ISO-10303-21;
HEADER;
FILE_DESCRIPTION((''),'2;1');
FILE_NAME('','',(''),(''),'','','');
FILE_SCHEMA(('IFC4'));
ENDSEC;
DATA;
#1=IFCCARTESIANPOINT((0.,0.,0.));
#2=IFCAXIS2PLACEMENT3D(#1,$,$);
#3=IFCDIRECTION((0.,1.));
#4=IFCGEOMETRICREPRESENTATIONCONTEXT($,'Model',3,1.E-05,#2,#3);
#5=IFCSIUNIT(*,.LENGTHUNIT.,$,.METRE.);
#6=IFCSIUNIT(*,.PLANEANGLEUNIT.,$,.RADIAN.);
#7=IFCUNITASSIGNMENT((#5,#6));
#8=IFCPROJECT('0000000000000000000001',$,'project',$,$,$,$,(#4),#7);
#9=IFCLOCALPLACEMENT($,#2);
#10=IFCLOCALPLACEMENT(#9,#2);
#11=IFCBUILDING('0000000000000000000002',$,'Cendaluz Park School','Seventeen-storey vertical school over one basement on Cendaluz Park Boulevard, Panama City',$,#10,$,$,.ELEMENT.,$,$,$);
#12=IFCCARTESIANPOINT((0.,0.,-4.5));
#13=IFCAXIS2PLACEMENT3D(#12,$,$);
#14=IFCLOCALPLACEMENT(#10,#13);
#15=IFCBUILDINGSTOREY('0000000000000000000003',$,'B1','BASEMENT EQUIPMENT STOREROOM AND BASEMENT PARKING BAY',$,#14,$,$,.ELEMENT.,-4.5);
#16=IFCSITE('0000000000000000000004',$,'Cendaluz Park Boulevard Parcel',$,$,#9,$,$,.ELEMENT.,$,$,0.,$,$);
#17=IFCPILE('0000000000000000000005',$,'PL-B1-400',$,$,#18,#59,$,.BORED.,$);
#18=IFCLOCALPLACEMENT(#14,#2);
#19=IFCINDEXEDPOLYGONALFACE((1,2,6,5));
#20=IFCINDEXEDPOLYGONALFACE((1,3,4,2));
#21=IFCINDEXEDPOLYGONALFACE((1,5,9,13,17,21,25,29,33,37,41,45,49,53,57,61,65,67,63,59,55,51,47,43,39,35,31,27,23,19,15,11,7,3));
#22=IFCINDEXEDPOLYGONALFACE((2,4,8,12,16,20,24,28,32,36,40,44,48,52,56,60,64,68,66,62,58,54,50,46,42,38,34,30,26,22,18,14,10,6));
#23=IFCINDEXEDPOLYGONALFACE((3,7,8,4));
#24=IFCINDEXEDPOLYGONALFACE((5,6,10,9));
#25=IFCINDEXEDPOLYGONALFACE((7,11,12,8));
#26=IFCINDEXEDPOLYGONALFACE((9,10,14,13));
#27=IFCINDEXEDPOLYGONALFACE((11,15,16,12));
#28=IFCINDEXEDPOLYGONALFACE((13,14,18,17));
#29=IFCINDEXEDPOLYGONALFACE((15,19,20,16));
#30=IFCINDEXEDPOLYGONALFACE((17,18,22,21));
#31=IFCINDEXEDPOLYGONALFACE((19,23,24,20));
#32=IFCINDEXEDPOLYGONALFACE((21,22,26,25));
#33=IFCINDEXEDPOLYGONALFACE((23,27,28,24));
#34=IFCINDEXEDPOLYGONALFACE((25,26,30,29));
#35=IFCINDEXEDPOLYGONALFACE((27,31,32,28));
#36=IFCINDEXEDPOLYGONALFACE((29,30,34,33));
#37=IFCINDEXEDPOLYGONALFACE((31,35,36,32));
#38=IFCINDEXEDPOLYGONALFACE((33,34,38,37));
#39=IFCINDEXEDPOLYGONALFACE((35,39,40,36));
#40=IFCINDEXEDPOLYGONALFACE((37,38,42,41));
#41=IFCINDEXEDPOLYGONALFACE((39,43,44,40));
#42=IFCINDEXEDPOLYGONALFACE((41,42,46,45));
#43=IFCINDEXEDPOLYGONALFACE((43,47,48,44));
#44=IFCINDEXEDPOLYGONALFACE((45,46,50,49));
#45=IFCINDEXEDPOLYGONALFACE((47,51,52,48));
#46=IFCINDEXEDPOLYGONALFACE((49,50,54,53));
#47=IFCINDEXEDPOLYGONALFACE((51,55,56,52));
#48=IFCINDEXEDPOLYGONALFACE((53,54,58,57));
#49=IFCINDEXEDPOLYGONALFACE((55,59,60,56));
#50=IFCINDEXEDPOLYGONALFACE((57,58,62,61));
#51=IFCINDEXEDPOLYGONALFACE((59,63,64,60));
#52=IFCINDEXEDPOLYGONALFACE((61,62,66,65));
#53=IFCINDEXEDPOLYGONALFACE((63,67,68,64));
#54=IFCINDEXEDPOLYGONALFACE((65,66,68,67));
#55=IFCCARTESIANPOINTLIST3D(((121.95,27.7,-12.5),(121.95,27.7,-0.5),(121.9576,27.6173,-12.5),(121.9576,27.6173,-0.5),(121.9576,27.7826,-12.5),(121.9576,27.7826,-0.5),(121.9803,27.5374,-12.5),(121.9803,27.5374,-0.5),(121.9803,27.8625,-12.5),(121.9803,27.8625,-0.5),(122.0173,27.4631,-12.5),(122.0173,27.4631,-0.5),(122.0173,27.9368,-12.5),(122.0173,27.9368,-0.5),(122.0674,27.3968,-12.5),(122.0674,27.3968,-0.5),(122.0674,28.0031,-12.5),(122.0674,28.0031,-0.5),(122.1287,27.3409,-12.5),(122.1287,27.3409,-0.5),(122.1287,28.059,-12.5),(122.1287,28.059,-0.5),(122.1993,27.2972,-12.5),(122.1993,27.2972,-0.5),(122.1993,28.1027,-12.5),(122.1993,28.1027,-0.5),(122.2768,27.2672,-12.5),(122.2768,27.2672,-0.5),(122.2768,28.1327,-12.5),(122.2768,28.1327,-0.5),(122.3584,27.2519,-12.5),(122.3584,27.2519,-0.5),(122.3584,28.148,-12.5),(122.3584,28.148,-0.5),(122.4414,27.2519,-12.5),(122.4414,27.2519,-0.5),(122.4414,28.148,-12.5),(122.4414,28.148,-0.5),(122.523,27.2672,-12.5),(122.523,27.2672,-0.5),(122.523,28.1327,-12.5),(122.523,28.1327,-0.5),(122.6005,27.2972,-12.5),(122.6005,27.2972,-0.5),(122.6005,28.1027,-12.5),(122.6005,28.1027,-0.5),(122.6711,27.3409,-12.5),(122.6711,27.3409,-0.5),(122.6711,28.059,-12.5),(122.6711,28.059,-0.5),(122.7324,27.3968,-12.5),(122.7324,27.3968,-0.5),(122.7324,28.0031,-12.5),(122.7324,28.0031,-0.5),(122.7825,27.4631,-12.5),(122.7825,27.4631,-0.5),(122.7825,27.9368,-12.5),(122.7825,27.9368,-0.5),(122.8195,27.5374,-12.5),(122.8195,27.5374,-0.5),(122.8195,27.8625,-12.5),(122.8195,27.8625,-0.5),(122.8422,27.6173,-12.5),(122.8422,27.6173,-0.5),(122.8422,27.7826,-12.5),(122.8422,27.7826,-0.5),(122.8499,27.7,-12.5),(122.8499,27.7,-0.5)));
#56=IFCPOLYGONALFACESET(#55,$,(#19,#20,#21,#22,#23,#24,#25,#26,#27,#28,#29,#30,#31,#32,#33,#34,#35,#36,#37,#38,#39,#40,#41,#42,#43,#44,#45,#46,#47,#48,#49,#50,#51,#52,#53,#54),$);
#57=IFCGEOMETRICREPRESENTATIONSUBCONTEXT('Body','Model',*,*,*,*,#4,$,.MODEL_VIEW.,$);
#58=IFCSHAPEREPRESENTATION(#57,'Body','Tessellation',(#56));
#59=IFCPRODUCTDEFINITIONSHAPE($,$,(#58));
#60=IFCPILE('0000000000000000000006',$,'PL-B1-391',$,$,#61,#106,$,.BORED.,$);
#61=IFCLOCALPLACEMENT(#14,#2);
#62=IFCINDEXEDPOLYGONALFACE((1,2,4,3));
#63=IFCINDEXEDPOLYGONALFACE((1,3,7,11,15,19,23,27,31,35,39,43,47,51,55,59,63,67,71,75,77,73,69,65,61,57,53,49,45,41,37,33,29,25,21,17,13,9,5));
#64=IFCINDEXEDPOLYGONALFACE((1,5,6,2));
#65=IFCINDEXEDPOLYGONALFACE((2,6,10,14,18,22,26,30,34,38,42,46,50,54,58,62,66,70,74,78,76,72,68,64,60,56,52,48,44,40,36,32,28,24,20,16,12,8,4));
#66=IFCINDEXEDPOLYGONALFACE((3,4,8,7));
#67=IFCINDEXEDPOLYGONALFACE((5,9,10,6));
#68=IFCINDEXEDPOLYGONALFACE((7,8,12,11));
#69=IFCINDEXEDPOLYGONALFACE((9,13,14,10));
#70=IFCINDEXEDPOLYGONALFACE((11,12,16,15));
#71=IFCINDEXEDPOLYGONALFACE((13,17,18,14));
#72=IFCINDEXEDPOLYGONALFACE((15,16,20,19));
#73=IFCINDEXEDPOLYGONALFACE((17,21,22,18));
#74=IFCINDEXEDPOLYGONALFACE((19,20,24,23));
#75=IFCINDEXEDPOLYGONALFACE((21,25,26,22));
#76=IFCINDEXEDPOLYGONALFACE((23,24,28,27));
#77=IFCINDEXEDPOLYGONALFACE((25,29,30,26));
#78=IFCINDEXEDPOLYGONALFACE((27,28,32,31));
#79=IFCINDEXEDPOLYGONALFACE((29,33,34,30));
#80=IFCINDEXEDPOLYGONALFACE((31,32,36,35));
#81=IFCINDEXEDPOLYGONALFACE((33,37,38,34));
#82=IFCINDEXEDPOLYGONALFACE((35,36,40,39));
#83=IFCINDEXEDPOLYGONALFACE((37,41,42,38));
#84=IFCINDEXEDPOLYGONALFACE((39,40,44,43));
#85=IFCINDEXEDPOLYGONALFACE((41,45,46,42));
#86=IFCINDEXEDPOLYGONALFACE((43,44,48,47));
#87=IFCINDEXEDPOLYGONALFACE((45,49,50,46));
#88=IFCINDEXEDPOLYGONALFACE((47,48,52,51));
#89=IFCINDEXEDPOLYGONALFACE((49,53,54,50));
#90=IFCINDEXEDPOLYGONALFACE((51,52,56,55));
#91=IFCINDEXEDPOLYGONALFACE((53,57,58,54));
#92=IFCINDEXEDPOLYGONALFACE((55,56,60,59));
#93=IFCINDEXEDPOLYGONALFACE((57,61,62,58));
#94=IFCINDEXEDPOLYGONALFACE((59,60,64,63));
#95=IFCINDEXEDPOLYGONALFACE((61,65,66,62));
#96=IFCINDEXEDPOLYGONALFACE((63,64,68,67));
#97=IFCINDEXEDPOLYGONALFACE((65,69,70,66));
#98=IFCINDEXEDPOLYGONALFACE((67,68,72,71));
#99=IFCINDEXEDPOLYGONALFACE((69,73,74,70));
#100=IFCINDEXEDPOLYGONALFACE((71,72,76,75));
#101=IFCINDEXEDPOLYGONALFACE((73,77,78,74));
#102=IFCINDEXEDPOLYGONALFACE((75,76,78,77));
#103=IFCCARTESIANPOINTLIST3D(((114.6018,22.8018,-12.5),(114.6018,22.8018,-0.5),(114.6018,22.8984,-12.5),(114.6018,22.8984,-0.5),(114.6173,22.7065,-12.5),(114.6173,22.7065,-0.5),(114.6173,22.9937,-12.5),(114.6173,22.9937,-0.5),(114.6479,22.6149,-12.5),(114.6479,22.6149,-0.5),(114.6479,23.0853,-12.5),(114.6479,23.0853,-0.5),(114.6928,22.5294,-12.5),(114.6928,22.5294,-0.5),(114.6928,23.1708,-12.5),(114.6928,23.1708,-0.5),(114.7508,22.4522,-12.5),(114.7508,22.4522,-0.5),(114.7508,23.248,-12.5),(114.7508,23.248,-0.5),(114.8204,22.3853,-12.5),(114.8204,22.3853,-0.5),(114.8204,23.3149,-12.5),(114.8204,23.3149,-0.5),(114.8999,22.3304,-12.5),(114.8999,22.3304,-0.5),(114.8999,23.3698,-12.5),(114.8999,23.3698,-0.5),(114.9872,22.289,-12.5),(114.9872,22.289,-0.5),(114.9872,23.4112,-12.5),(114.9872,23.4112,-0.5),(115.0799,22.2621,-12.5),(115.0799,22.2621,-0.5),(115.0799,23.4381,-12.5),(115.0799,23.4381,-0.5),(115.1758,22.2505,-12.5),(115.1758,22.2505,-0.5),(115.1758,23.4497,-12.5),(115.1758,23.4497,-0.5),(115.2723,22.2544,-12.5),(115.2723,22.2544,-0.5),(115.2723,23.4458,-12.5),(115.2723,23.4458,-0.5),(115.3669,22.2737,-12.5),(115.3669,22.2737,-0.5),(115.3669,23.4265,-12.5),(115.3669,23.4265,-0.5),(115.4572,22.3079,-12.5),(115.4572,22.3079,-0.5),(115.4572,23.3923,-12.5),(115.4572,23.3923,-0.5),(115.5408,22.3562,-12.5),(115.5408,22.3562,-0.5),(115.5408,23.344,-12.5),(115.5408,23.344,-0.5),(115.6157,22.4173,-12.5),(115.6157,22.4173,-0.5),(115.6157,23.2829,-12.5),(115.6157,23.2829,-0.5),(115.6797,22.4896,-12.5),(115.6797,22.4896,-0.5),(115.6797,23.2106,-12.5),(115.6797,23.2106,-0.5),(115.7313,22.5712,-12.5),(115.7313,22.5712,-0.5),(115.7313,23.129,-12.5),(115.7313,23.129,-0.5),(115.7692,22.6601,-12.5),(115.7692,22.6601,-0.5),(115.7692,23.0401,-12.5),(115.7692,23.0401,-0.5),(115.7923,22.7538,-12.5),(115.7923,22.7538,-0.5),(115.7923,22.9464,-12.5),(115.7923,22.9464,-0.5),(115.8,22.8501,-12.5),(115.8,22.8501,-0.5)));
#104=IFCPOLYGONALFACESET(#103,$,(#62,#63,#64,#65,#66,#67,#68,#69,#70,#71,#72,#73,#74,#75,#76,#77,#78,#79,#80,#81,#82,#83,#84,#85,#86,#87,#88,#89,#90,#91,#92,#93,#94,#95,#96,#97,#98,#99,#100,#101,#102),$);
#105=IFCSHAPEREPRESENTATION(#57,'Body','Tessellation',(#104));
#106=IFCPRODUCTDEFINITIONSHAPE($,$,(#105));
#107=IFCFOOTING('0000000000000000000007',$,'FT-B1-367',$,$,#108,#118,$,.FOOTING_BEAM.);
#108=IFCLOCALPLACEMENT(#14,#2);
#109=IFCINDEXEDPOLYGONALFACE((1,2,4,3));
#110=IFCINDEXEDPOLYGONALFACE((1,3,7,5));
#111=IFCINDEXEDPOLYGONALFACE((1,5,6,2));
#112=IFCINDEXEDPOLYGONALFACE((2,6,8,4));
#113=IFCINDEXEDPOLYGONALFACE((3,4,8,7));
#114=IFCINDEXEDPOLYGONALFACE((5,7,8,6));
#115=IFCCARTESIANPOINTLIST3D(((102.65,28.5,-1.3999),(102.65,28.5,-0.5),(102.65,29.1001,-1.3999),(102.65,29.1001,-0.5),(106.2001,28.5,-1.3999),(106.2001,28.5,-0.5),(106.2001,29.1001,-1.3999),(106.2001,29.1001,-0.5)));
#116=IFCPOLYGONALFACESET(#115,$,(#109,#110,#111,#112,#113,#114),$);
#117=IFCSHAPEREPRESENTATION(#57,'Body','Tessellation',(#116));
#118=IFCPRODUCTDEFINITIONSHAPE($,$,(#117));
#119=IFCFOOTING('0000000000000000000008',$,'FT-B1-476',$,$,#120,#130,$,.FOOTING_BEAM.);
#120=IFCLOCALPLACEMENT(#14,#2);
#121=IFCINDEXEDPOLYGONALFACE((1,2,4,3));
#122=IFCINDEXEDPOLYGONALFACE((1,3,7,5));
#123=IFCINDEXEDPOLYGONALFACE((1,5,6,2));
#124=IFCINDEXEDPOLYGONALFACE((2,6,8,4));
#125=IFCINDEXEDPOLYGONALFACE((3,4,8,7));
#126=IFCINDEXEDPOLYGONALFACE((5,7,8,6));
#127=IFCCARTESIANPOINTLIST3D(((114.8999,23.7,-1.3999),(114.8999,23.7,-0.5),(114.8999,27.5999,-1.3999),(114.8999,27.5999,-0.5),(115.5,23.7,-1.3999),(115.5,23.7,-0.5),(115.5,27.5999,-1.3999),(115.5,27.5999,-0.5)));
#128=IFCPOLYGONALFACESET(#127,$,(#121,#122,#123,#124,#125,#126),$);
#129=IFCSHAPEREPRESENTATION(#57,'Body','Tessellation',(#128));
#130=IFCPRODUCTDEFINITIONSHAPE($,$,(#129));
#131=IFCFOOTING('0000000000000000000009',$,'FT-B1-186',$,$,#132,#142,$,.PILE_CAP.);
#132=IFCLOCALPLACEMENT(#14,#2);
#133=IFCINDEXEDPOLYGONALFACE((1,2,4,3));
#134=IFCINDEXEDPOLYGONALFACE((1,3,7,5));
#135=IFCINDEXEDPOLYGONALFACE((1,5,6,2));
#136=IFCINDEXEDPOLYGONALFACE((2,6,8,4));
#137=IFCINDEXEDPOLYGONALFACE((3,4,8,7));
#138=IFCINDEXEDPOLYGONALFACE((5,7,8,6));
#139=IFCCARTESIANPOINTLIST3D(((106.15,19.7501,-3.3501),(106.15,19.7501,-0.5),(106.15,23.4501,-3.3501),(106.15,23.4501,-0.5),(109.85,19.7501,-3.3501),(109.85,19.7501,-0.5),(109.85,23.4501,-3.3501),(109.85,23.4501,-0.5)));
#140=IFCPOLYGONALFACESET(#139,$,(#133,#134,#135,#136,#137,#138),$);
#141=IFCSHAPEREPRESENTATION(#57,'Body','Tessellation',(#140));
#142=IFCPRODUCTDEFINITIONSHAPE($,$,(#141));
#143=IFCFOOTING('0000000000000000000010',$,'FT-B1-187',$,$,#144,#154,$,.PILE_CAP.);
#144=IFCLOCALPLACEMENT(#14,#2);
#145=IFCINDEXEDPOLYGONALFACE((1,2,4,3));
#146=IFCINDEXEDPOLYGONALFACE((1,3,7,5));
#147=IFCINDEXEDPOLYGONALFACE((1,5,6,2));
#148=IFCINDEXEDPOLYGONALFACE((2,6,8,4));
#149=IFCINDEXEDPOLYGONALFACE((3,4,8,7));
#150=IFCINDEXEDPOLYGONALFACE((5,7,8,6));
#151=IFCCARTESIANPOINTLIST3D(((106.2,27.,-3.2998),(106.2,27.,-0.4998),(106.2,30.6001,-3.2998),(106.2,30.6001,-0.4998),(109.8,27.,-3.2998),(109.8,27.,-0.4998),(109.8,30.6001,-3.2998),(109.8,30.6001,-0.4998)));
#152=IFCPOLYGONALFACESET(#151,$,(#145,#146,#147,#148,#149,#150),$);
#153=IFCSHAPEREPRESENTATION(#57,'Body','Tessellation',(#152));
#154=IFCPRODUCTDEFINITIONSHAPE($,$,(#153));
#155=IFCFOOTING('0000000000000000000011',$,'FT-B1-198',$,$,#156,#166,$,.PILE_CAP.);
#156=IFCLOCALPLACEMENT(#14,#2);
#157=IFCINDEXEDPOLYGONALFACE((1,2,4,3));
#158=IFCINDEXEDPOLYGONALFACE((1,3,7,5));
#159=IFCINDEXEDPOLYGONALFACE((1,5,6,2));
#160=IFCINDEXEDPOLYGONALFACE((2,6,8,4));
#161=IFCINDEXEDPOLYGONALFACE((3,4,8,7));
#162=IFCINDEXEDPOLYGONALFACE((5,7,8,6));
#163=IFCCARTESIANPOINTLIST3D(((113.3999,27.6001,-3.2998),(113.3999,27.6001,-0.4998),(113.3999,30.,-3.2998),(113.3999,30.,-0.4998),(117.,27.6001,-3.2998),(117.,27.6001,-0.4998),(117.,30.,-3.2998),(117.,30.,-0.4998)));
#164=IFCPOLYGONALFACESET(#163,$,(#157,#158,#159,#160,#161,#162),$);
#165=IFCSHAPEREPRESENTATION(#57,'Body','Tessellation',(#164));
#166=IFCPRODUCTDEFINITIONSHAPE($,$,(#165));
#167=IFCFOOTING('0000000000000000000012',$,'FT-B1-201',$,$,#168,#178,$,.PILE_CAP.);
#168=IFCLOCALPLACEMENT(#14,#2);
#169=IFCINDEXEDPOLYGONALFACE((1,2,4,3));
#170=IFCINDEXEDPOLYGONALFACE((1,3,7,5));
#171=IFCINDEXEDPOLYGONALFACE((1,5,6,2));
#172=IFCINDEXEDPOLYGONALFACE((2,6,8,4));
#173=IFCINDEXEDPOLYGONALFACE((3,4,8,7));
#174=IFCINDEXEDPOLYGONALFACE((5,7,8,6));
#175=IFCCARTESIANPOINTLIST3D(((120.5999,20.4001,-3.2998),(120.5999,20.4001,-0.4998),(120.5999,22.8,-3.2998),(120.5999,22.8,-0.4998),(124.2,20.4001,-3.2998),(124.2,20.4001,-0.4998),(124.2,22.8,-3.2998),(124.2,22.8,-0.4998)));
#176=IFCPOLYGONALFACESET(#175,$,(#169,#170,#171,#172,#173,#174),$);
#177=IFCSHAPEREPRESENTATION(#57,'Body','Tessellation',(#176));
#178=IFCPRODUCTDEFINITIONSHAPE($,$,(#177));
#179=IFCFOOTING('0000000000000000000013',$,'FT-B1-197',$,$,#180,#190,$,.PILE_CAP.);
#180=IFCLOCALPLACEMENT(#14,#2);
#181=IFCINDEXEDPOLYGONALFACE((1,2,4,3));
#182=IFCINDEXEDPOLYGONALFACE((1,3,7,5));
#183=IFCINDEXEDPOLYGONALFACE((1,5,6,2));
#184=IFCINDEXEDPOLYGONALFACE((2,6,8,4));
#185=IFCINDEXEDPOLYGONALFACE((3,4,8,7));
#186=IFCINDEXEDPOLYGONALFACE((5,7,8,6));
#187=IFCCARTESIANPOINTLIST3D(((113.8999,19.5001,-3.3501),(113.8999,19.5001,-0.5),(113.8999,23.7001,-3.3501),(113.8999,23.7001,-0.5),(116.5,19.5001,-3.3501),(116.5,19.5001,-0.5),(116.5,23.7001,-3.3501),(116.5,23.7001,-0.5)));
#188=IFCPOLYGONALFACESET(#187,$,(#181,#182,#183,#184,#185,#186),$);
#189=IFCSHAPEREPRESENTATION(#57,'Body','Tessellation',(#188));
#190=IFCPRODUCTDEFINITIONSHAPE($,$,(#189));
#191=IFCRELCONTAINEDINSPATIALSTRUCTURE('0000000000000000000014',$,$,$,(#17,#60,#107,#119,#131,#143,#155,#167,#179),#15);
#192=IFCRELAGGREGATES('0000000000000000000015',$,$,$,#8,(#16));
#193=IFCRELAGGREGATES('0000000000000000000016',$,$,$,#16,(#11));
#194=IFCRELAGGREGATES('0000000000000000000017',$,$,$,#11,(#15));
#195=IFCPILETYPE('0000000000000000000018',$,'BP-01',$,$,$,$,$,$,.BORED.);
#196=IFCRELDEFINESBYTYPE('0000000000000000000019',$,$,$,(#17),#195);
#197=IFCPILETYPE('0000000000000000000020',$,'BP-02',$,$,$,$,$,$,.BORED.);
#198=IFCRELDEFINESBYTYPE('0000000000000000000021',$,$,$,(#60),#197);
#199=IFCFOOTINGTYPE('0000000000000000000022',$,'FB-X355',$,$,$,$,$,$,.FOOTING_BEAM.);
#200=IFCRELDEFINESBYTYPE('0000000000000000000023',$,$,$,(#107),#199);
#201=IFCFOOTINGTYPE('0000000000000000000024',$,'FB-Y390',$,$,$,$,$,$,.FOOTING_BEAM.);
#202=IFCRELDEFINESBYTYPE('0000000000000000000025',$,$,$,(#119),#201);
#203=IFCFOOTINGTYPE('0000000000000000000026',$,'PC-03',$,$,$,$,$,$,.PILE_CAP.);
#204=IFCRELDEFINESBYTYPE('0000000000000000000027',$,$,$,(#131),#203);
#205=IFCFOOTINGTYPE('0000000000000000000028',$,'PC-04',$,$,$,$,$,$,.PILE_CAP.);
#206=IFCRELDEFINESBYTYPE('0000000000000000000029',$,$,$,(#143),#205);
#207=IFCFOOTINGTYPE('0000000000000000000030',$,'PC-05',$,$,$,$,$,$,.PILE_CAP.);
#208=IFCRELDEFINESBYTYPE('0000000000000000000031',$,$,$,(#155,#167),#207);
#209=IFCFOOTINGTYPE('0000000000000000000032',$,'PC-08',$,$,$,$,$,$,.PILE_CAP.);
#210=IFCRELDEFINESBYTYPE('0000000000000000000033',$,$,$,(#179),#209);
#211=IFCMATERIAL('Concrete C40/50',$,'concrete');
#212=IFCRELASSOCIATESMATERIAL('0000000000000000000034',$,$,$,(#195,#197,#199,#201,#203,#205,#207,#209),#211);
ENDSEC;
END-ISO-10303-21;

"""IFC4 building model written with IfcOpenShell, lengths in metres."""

from ifc_helpers import new_model, si_unit, direction, frame, origin, origin_2d, place, context, subcontext, project, spatial, rectangle, circle, extrude, material, material_profile, profile_set, type_object, element, save


model = new_model("IFC4")

# Units and contexts
model_context = context("Model", 3, precision=1e-05, world=origin(), true_north=direction((0.0, 1.0)))
body_context = subcontext(model_context, "Body", "Model", "MODEL_VIEW")
ifc_project = project(units=[si_unit("LENGTHUNIT", "METRE"), si_unit("PLANEANGLEUNIT", "RADIAN")], contexts=[model_context])

# Site, building, storey
site_placement = place(None, origin())
site = spatial("IfcSite", under=ifc_project, at=site_placement, Name="Cendaluz Park Boulevard Parcel", CompositionType="ELEMENT", RefElevation=0.0)
building_placement = place(site_placement, origin())
building = spatial("IfcBuilding", under=site, at=building_placement, Name="Cendaluz Park School", Description="Seventeen-storey vertical school over one basement on Cendaluz Park Boulevard, Panama City", CompositionType="ELEMENT")
storey_placement = place(building_placement, frame((0.0, 0.0, -4.5)))
storey = spatial("IfcBuildingStorey", under=building, at=storey_placement, Name="B1", Description="BASEMENT EQUIPMENT STOREROOM AND BASEMENT PARKING BAY", CompositionType="ELEMENT", Elevation=-4.5)

# Piles
ifc_material_1 = material(Name="Concrete C40/50", Category="concrete")
ifc_material_profile_1 = material_profile(ifc_material_1, circle(Radius=0.45, at=origin_2d()), Name="BP D900", Category="concrete")
ifc_profile_set_1 = profile_set([ifc_material_profile_1], Name="Concrete C40/50")
pile_type_1 = type_object("IfcPileType", Name="BP-01", PredefinedType="BORED", material=ifc_profile_set_1)
for number, where, z_axis, x_axis, name in (
    (1, (122.3999, 27.7, -0.5), (0.0, 0.0, -1.0), (1.0, 0.0, 0.0), "PL-B1-400"),
):
    element("IfcPile", number, at=place(storey_placement, frame(where, z_axis=z_axis, x_axis=x_axis)), inside=storey, type_object=pile_type_1, Name=name, PredefinedType="BORED", context=body_context, shape_type="SweptSolid", body=[
        extrude(circle(Radius=0.45, at=origin_2d()), origin(), (0.0, 0.0, 1.0), 12.0),
    ])
ifc_material_profile_2 = material_profile(ifc_material_1, circle(Radius=0.6001, at=origin_2d()), Name="BP D1200", Category="concrete")
ifc_profile_set_2 = profile_set([ifc_material_profile_2], Name="Concrete C40/50")
pile_type_2 = type_object("IfcPileType", Name="BP-02", PredefinedType="BORED", material=ifc_profile_set_2)
pile_placement = place(storey_placement, frame((115.2, 22.8501, -0.5), z_axis=(0.0, 0.0, -1.0), x_axis=(1.0, 0.0, 0.0)))
element("IfcPile", 2, at=pile_placement, inside=storey, type_object=pile_type_2, Name="PL-B1-391", PredefinedType="BORED", context=body_context, shape_type="SweptSolid", body=[
    extrude(circle(Radius=0.6001, at=origin_2d()), origin(), (0.0, 0.0, 1.0), 12.0),
])

# Footings
footing_type_1 = type_object("IfcFootingType", Name="FB-X355", PredefinedType="FOOTING_BEAM", material=ifc_material_1)
footing_1_placement = place(storey_placement, frame((104.425, 28.8, -1.3999), z_axis=(0.0, 0.0, 1.0), x_axis=(1.0, 0.0, 0.0)))
element("IfcFooting", 3, at=footing_1_placement, inside=storey, type_object=footing_type_1, Name="FT-B1-367", PredefinedType="FOOTING_BEAM", context=body_context, shape_type="SweptSolid", body=[
    extrude(rectangle(XDim=3.55, YDim=0.6001, at=origin_2d()), origin(), (0.0, 0.0, 1.0), 0.8999),
])
footing_type_2 = type_object("IfcFootingType", Name="FB-Y390", PredefinedType="FOOTING_BEAM", material=ifc_material_1)
footing_2_placement = place(storey_placement, frame((115.2, 25.6499, -1.3999), z_axis=(0.0, 0.0, 1.0), x_axis=(1.0, 0.0, 0.0)))
element("IfcFooting", 4, at=footing_2_placement, inside=storey, type_object=footing_type_2, Name="FT-B1-476", PredefinedType="FOOTING_BEAM", context=body_context, shape_type="SweptSolid", body=[
    extrude(rectangle(XDim=0.6001, YDim=3.8999, at=origin_2d()), origin(), (0.0, 0.0, 1.0), 0.8999),
])
footing_type_3 = type_object("IfcFootingType", Name="PC-03", PredefinedType="PILE_CAP", material=ifc_material_1)
footing_3_placement = place(storey_placement, frame((108.0, 21.6001, -3.3501), z_axis=(0.0, 0.0, 1.0), x_axis=(1.0, 0.0, 0.0)))
element("IfcFooting", 5, at=footing_3_placement, inside=storey, type_object=footing_type_3, Name="FT-B1-186", PredefinedType="PILE_CAP", context=body_context, shape_type="SweptSolid", body=[
    extrude(rectangle(XDim=3.7, YDim=3.7, at=origin_2d()), origin(), (0.0, 0.0, 1.0), 2.8501),
])
footing_type_4 = type_object("IfcFootingType", Name="PC-04", PredefinedType="PILE_CAP", material=ifc_material_1)
footing_4_placement = place(storey_placement, frame((108.0, 28.8, -3.2998), z_axis=(0.0, 0.0, 1.0), x_axis=(1.0, 0.0, 0.0)))
element("IfcFooting", 6, at=footing_4_placement, inside=storey, type_object=footing_type_4, Name="FT-B1-187", PredefinedType="PILE_CAP", context=body_context, shape_type="SweptSolid", body=[
    extrude(rectangle(XDim=3.6001, YDim=3.6001, at=origin_2d()), origin(), (0.0, 0.0, 1.0), 2.8),
])
footing_type_5 = type_object("IfcFootingType", Name="PC-05", PredefinedType="PILE_CAP", material=ifc_material_1)
for number, where, z_axis, x_axis, name in (
    (7, (115.2, 28.8, -3.2998), (0.0, 0.0, 1.0), (1.0, 0.0, 0.0), "FT-B1-198"),
    (8, (122.3999, 21.6001, -3.2998), (0.0, 0.0, 1.0), (1.0, 0.0, 0.0), "FT-B1-201"),
):
    element("IfcFooting", number, at=place(storey_placement, frame(where, z_axis=z_axis, x_axis=x_axis)), inside=storey, type_object=footing_type_5, Name=name, PredefinedType="PILE_CAP", context=body_context, shape_type="SweptSolid", body=[
        extrude(rectangle(XDim=3.6001, YDim=2.3999, at=origin_2d()), origin(), (0.0, 0.0, 1.0), 2.8),
    ])
footing_type_6 = type_object("IfcFootingType", Name="PC-08", PredefinedType="PILE_CAP", material=ifc_material_1)
footing_5_placement = place(storey_placement, frame((115.2, 21.6001, -3.3501), z_axis=(0.0, 0.0, 1.0), x_axis=(1.0, 0.0, 0.0)))
element("IfcFooting", 9, at=footing_5_placement, inside=storey, type_object=footing_type_6, Name="FT-B1-197", PredefinedType="PILE_CAP", context=body_context, shape_type="SweptSolid", body=[
    extrude(rectangle(XDim=2.6001, YDim=4.2, at=origin_2d()), origin(), (0.0, 0.0, 1.0), 2.8501),
])

save(model, "model.ifc")
